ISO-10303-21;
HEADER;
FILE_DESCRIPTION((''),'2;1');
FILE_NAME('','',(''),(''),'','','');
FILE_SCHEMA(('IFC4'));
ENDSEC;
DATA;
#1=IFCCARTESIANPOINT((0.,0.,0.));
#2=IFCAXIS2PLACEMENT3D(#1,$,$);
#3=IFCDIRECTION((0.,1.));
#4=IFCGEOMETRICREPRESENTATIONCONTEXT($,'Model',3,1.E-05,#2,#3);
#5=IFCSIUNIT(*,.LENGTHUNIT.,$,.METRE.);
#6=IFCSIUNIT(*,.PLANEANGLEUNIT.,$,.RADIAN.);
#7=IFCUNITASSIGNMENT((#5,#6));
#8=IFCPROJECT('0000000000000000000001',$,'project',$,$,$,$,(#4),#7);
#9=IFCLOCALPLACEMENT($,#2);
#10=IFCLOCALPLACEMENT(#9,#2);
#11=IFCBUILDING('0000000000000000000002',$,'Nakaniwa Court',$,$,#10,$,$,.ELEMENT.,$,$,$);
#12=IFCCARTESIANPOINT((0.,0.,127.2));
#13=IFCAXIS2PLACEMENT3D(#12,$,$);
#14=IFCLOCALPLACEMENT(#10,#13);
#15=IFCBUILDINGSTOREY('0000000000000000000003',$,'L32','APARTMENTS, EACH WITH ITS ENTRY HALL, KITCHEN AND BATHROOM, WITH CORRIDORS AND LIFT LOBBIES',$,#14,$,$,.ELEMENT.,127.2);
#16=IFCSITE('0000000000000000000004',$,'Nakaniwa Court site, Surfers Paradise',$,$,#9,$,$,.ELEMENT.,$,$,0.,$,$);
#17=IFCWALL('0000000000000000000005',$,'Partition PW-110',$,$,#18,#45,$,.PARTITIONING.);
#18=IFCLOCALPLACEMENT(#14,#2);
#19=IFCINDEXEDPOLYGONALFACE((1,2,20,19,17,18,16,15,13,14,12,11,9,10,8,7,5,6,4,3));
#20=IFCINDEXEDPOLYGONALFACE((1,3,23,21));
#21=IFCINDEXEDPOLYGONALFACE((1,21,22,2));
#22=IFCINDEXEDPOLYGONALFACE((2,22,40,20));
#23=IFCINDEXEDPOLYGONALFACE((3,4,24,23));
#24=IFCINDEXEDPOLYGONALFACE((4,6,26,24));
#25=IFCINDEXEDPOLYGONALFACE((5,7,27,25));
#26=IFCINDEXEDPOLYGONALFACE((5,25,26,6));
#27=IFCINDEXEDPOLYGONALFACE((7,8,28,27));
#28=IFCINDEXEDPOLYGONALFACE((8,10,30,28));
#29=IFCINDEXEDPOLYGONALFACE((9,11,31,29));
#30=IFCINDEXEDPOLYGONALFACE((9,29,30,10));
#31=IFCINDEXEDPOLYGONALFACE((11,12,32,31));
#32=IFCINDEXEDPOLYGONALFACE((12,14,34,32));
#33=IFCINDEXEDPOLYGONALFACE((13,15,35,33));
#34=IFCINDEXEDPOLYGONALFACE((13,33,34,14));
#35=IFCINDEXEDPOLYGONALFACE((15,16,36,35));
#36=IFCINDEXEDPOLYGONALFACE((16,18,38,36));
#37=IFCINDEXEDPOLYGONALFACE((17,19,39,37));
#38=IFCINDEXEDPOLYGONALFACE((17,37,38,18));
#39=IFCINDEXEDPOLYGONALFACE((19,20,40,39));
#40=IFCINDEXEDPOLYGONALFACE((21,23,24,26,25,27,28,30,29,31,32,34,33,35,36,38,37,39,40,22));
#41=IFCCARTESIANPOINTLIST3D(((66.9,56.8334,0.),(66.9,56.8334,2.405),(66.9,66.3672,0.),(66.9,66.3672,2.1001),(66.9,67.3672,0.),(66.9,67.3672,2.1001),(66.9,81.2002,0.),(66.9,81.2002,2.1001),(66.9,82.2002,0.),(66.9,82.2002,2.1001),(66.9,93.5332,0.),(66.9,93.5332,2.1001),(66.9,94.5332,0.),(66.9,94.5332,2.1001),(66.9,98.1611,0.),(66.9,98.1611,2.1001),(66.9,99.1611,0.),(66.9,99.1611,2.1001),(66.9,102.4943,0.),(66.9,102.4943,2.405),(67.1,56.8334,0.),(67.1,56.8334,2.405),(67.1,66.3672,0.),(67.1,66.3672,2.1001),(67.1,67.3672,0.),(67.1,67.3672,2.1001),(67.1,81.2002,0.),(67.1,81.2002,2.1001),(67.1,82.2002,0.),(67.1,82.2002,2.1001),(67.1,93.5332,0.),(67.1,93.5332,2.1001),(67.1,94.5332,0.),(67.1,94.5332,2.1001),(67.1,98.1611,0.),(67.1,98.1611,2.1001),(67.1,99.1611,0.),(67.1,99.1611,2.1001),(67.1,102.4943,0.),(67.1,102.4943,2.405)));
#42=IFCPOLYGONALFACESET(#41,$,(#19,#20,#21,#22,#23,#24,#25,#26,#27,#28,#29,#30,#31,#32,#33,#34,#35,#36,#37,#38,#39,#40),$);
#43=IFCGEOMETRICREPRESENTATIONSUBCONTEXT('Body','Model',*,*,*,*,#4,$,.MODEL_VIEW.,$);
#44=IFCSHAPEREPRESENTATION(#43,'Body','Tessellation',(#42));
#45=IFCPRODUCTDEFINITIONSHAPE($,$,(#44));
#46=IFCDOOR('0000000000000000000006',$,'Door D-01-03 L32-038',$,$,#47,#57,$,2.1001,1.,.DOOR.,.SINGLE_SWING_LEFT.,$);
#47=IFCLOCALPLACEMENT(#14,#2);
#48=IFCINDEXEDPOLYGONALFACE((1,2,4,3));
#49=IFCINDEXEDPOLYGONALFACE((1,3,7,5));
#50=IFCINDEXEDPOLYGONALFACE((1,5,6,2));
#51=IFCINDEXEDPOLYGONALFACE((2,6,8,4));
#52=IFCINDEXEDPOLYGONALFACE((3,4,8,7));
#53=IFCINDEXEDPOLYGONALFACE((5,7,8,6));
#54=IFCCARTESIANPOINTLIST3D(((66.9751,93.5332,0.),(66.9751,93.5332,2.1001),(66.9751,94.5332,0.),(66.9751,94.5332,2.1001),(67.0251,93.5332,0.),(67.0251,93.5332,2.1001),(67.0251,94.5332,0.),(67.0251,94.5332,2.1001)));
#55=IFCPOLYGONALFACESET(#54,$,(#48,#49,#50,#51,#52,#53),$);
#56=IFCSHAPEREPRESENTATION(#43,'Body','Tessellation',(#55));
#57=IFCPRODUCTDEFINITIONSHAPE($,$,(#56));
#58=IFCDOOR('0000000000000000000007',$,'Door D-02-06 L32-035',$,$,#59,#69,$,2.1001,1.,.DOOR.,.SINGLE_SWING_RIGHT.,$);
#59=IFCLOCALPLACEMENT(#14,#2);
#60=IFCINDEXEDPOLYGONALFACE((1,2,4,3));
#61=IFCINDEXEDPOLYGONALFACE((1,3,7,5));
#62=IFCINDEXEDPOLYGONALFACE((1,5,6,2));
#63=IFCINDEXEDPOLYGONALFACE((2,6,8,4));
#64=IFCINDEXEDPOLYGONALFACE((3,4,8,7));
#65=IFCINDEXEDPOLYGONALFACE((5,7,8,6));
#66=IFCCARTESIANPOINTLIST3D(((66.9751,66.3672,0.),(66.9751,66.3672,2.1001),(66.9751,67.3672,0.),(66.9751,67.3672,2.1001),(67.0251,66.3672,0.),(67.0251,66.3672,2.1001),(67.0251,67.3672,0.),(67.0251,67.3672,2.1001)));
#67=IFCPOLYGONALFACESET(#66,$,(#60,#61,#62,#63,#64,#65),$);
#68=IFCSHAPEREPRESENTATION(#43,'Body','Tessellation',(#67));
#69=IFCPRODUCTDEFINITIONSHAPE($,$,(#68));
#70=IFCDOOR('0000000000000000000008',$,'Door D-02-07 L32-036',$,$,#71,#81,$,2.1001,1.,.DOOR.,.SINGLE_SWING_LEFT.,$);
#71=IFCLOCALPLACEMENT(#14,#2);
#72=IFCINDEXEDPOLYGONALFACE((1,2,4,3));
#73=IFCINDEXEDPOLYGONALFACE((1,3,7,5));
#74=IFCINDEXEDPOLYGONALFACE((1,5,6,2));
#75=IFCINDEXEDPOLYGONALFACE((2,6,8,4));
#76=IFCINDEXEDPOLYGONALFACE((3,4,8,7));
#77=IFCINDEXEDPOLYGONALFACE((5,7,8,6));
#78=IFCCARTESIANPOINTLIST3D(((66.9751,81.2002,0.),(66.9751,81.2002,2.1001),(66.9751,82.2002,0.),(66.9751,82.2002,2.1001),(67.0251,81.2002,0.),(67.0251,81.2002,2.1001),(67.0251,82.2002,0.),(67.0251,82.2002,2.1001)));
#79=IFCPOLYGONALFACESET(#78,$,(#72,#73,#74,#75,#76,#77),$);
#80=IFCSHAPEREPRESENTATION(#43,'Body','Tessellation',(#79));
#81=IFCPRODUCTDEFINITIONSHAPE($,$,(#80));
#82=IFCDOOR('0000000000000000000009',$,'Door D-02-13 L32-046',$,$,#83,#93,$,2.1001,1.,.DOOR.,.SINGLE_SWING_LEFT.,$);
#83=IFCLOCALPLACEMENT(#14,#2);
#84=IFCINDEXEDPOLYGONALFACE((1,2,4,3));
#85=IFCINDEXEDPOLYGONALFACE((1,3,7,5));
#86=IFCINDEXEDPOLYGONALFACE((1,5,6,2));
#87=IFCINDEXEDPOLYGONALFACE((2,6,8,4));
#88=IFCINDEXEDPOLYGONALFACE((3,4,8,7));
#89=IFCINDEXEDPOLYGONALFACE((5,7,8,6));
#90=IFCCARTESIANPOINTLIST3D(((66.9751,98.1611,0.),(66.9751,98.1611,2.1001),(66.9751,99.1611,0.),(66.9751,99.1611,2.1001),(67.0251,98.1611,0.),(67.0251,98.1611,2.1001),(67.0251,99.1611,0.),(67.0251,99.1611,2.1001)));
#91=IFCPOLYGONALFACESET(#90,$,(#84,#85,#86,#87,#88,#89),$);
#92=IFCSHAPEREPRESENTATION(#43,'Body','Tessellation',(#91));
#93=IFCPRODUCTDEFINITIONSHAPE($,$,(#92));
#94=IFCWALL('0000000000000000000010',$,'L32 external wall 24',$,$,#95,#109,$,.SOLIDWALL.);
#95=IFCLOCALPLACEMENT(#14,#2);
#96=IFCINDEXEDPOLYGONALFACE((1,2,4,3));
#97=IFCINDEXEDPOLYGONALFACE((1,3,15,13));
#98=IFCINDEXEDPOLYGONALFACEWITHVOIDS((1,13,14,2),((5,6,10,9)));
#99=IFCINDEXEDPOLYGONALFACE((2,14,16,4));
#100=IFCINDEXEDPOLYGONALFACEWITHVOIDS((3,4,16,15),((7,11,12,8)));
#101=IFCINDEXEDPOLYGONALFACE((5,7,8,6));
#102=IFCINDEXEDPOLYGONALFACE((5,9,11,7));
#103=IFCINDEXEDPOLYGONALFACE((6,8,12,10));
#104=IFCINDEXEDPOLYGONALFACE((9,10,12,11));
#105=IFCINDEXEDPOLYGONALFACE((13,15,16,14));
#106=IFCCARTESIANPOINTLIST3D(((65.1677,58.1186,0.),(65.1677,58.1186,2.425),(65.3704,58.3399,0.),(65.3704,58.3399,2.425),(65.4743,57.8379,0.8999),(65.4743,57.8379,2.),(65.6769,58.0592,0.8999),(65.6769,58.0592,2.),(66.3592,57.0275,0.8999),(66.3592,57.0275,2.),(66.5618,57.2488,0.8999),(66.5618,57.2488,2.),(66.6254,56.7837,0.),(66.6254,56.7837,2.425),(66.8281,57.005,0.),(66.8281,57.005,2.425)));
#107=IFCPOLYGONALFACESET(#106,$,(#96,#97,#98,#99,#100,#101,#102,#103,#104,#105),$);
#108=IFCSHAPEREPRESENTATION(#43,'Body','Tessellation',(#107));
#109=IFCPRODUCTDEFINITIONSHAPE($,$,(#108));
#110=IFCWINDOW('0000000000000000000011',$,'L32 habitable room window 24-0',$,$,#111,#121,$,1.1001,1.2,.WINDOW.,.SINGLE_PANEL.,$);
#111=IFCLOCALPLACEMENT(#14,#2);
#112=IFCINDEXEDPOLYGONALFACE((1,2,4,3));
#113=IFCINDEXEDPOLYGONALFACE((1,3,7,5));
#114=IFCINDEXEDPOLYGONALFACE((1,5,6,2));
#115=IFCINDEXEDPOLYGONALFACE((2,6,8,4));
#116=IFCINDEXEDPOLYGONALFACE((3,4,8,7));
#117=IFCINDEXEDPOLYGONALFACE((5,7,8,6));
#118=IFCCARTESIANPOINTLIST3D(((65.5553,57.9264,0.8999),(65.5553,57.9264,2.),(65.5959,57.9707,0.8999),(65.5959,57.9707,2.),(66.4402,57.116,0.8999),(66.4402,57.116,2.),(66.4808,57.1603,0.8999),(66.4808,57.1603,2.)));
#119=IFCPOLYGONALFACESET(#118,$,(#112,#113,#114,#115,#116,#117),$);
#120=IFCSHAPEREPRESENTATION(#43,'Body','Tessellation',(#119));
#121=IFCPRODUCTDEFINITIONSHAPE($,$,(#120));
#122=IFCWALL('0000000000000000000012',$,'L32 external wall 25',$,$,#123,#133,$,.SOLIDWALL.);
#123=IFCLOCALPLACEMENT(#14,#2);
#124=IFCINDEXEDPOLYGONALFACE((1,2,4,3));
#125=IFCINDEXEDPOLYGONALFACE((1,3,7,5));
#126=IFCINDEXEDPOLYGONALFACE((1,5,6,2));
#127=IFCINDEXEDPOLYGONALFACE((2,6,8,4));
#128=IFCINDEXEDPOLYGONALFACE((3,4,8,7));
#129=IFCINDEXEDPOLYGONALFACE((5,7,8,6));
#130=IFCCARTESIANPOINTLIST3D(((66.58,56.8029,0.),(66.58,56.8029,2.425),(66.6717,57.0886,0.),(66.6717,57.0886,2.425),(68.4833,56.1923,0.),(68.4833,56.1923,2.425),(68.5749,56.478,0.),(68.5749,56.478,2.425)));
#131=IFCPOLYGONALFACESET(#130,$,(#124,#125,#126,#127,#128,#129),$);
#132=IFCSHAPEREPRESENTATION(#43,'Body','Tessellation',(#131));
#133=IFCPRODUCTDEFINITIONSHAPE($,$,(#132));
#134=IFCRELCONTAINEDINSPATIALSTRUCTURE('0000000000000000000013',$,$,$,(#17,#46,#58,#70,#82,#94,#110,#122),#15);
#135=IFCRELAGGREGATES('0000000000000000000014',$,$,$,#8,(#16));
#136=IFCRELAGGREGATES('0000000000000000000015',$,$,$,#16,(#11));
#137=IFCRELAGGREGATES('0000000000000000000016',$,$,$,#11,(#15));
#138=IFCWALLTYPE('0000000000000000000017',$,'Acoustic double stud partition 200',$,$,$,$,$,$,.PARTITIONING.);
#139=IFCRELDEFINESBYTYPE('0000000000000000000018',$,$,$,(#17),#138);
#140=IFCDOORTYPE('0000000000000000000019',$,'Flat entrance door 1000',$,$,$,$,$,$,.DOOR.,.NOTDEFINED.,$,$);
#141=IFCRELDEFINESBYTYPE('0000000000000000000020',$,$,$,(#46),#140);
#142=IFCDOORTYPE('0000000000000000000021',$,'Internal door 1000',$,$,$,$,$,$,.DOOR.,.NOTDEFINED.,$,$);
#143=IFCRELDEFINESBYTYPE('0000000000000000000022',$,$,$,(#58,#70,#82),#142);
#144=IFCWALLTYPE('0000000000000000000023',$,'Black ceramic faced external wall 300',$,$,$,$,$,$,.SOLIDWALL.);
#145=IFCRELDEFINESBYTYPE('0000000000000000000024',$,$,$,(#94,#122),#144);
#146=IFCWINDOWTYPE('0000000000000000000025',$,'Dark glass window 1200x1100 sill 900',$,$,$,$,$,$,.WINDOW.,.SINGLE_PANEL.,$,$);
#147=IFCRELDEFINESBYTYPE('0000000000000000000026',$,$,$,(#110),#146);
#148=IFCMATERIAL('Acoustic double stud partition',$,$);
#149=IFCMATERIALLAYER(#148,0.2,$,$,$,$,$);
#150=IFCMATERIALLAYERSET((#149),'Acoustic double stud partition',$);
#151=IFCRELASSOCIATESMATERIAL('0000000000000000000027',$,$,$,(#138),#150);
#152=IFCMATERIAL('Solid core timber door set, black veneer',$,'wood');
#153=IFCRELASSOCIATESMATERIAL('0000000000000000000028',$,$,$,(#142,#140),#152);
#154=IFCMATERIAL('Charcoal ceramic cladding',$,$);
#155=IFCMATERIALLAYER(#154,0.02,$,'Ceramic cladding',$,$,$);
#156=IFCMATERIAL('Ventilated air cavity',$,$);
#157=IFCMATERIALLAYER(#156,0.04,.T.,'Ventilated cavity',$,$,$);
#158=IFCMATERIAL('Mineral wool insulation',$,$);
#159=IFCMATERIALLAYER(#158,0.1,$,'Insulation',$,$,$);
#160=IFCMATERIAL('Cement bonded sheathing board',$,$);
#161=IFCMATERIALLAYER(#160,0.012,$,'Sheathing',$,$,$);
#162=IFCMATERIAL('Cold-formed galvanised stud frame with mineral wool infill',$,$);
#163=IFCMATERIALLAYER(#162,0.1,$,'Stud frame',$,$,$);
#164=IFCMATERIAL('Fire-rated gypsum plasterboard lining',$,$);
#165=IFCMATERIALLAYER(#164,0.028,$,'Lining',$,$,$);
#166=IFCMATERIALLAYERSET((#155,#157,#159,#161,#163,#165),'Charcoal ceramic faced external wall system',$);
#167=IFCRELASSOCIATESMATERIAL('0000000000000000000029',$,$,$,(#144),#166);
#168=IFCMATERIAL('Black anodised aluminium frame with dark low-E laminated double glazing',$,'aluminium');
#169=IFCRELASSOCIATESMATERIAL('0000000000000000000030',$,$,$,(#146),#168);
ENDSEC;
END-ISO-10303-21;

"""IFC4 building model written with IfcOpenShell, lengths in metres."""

from ifc_helpers import new_model, si_unit, direction, frame, frame_2d, origin, place, context, subcontext, project, spatial, rectangle, extrude, material, layer, layer_set, type_object, element, fill, save


model = new_model("IFC4")

# Units and contexts
model_context = context("Model", 3, precision=1e-05, world=origin(), true_north=direction((0.0, 1.0)))
body_context = subcontext(model_context, "Body", "Model", "MODEL_VIEW")
ifc_project = project(units=[si_unit("LENGTHUNIT", "METRE"), si_unit("PLANEANGLEUNIT", "RADIAN")], contexts=[model_context])

# Site, building, storey
site_placement = place(None, origin())
site = spatial("IfcSite", under=ifc_project, at=site_placement, Name="Nakaniwa Court site, Surfers Paradise", CompositionType="ELEMENT", RefElevation=0.0)
building_placement = place(site_placement, origin())
building = spatial("IfcBuilding", under=site, at=building_placement, Name="Nakaniwa Court", CompositionType="ELEMENT")
storey_placement = place(building_placement, frame((0.0, 0.0, 127.2)))
storey = spatial("IfcBuildingStorey", under=building, at=storey_placement, Name="L32", Description="APARTMENTS, EACH WITH ITS ENTRY HALL, KITCHEN AND BATHROOM, WITH CORRIDORS AND LIFT LOBBIES", CompositionType="ELEMENT", Elevation=127.2)

# Shared definitions
ifc_material_1 = material(Name="Acoustic double stud partition")
ifc_layer_1 = layer(ifc_material_1, 0.2)
ifc_layer_set_1 = layer_set([ifc_layer_1], Name="Acoustic double stud partition")
wall_type_1 = type_object("IfcWallType", Name="Acoustic double stud partition 200", PredefinedType="PARTITIONING", material=ifc_layer_set_1)

# Shared definitions
ifc_material_2 = material(Name="Solid core timber door set, black veneer", Category="wood")
door_type_1 = type_object("IfcDoorType", Name="Internal door 1000", OperationType="NOTDEFINED", PredefinedType="DOOR", material=ifc_material_2)

# Wall, openings, doors
wall_1_placement = place(storey_placement, frame((67.0, 56.8333, 0.0), z_axis=(0.0, 0.0, 1.0), x_axis=(0.0, 1.0, 0.0)))
wall_1 = element("IfcWall", 1, at=wall_1_placement, inside=storey, type_object=wall_type_1, Name="Partition PW-110", PredefinedType="PARTITIONING", context=body_context, shape_type="SweptSolid", body=[
    extrude(rectangle(XDim=45.6609, YDim=0.2, at=frame_2d((22.8306, 0.0))), origin(), (0.0, 0.0, 1.0), 2.405),
])
opening_1_placement = place(wall_1_placement, frame((9.5339, 0.0, 0.0)))
opening_1 = element("IfcOpeningElement", 2, at=opening_1_placement, cuts=wall_1, PredefinedType="OPENING", context=body_context, shape_type="SweptSolid", body=[
    extrude(rectangle(XDim=1.0, YDim=2.1001, at=frame_2d((0.5, 1.05))), frame((0.0, 0.1099, 0.0), z_axis=(0.0, -1.0, 0.0), x_axis=(1.0, 0.0, 0.0)), (0.0, 0.0, 1.0), 0.22),
])
opening_2_placement = place(wall_1_placement, frame((24.3669, 0.0, 0.0)))
opening_2 = element("IfcOpeningElement", 3, at=opening_2_placement, cuts=wall_1, PredefinedType="OPENING", context=body_context, shape_type="SweptSolid", body=[
    extrude(rectangle(XDim=1.0, YDim=2.1001, at=frame_2d((0.5, 1.05))), frame((0.0, 0.1099, 0.0), z_axis=(0.0, -1.0, 0.0), x_axis=(1.0, 0.0, 0.0)), (0.0, 0.0, 1.0), 0.22),
])
opening_3_placement = place(wall_1_placement, frame((36.7, 0.0, 0.0)))
opening_3 = element("IfcOpeningElement", 4, at=opening_3_placement, cuts=wall_1, PredefinedType="OPENING", context=body_context, shape_type="SweptSolid", body=[
    extrude(rectangle(XDim=1.0, YDim=2.1001, at=frame_2d((0.5, 1.05))), frame((0.0, 0.1099, 0.0), z_axis=(0.0, -1.0, 0.0), x_axis=(1.0, 0.0, 0.0)), (0.0, 0.0, 1.0), 0.22),
])
opening_4_placement = place(wall_1_placement, frame((41.3279, 0.0, 0.0)))
opening_4 = element("IfcOpeningElement", 5, at=opening_4_placement, cuts=wall_1, PredefinedType="OPENING", context=body_context, shape_type="SweptSolid", body=[
    extrude(rectangle(XDim=1.0, YDim=2.1001, at=frame_2d((0.5, 1.05))), frame((0.0, 0.1099, 0.0), z_axis=(0.0, -1.0, 0.0), x_axis=(1.0, 0.0, 0.0)), (0.0, 0.0, 1.0), 0.22),
])
door_type_2 = type_object("IfcDoorType", Name="Flat entrance door 1000", OperationType="NOTDEFINED", PredefinedType="DOOR", material=ifc_material_2)
door_1_placement = place(opening_3_placement, origin())
door_1 = element("IfcDoor", 6, at=door_1_placement, inside=storey, type_object=door_type_2, Name="Door D-01-03 L32-038", OperationType="SINGLE_SWING_LEFT", OverallHeight=2.1001, OverallWidth=1.0, PredefinedType="DOOR", context=body_context, shape_type="SweptSolid", body=[
    extrude(rectangle(XDim=1.0, YDim=2.1001, at=frame_2d((0.5, 1.05))), frame((0.0, 0.0249, 0.0), z_axis=(0.0, -1.0, 0.0), x_axis=(1.0, 0.0, 0.0)), (0.0, 0.0, 1.0), 0.05),
])
fill(opening_3, door_1)
door_2_placement = place(opening_1_placement, origin())
door_2 = element("IfcDoor", 7, at=door_2_placement, inside=storey, type_object=door_type_1, Name="Door D-02-06 L32-035", OperationType="SINGLE_SWING_RIGHT", OverallHeight=2.1001, OverallWidth=1.0, PredefinedType="DOOR", context=body_context, shape_type="SweptSolid", body=[
    extrude(rectangle(XDim=1.0, YDim=2.1001, at=frame_2d((0.5, 1.05))), frame((0.0, 0.0249, 0.0), z_axis=(0.0, -1.0, 0.0), x_axis=(1.0, 0.0, 0.0)), (0.0, 0.0, 1.0), 0.05),
])
fill(opening_1, door_2)
door_3_placement = place(opening_2_placement, origin())
door_3 = element("IfcDoor", 8, at=door_3_placement, inside=storey, type_object=door_type_1, Name="Door D-02-07 L32-036", OperationType="SINGLE_SWING_LEFT", OverallHeight=2.1001, OverallWidth=1.0, PredefinedType="DOOR", context=body_context, shape_type="SweptSolid", body=[
    extrude(rectangle(XDim=1.0, YDim=2.1001, at=frame_2d((0.5, 1.05))), frame((0.0, 0.0249, 0.0), z_axis=(0.0, -1.0, 0.0), x_axis=(1.0, 0.0, 0.0)), (0.0, 0.0, 1.0), 0.05),
])
fill(opening_2, door_3)
door_4_placement = place(opening_4_placement, origin())
door_4 = element("IfcDoor", 9, at=door_4_placement, inside=storey, type_object=door_type_1, Name="Door D-02-13 L32-046", OperationType="SINGLE_SWING_LEFT", OverallHeight=2.1001, OverallWidth=1.0, PredefinedType="DOOR", context=body_context, shape_type="SweptSolid", body=[
    extrude(rectangle(XDim=1.0, YDim=2.1001, at=frame_2d((0.5, 1.05))), frame((0.0, 0.0249, 0.0), z_axis=(0.0, -1.0, 0.0), x_axis=(1.0, 0.0, 0.0)), (0.0, 0.0, 1.0), 0.05),
])
fill(opening_4, door_4)

# Wall, opening, window
ifc_material_3 = material(Name="Charcoal ceramic cladding")
ifc_layer_2 = layer(ifc_material_3, 0.02, Name="Ceramic cladding")
ifc_material_4 = material(Name="Ventilated air cavity")
ifc_layer_3 = layer(ifc_material_4, 0.04, ventilated=True, Name="Ventilated cavity")
ifc_material_5 = material(Name="Mineral wool insulation")
ifc_layer_4 = layer(ifc_material_5, 0.1, Name="Insulation")
ifc_material_6 = material(Name="Cement bonded sheathing board")
ifc_layer_5 = layer(ifc_material_6, 0.012, Name="Sheathing")
ifc_material_7 = material(Name="Cold-formed galvanised stud frame with mineral wool infill")
ifc_layer_6 = layer(ifc_material_7, 0.1, Name="Stud frame")
ifc_material_8 = material(Name="Fire-rated gypsum plasterboard lining")
ifc_layer_7 = layer(ifc_material_8, 0.028, Name="Lining")
ifc_layer_set_2 = layer_set([ifc_layer_2, ifc_layer_3, ifc_layer_4, ifc_layer_5, ifc_layer_6, ifc_layer_7], Name="Charcoal ceramic faced external wall system")
wall_type_2 = type_object("IfcWallType", Name="Black ceramic faced external wall 300", PredefinedType="SOLIDWALL", material=ifc_layer_set_2)
wall_2_placement = place(storey_placement, frame((65.269, 58.2292, 0.0), z_axis=(0.0, 0.0, 1.0), x_axis=(0.737487, -0.675361, 0.0)))
wall_2 = element("IfcWall", 10, at=wall_2_placement, inside=storey, type_object=wall_type_2, Name="L32 external wall 24", PredefinedType="SOLIDWALL", context=body_context, shape_type="SweptSolid", body=[
    extrude(rectangle(XDim=1.9766, YDim=0.3, at=frame_2d((0.9883, 0.0))), origin(), (0.0, 0.0, 1.0), 2.425),
])
opening_5_placement = place(wall_2_placement, frame((0.4155, 0.0, 0.8999)))
opening_5 = element("IfcOpeningElement", 11, at=opening_5_placement, cuts=wall_2, PredefinedType="OPENING", context=body_context, shape_type="SweptSolid", body=[
    extrude(rectangle(XDim=1.2, YDim=1.1001, at=frame_2d((0.6001, 0.55))), frame((0.0, 0.1599, 0.0), z_axis=(0.0, -1.0, 0.0), x_axis=(1.0, 0.0, 0.0)), (0.0, 0.0, 1.0), 0.3201),
])
ifc_material_9 = material(Name="Black anodised aluminium frame with dark low-E laminated double glazing", Category="aluminium")
window_type_1 = type_object("IfcWindowType", Name="Dark glass window 1200x1100 sill 900", PartitioningType="SINGLE_PANEL", PredefinedType="WINDOW", material=ifc_material_9)
window_1_placement = place(opening_5_placement, origin())
window_1 = element("IfcWindow", 12, at=window_1_placement, inside=storey, type_object=window_type_1, Name="L32 habitable room window 24-0", OverallHeight=1.1001, OverallWidth=1.2, PartitioningType="SINGLE_PANEL", PredefinedType="WINDOW", context=body_context, shape_type="SweptSolid", body=[
    extrude(rectangle(XDim=1.2, YDim=1.1001, at=frame_2d((0.6001, 0.55))), frame((0.0, 0.03, 0.0), z_axis=(0.0, -1.0, 0.0), x_axis=(1.0, 0.0, 0.0)), (0.0, 0.0, 1.0), 0.0601),
])
fill(opening_5, window_1)

# Wall
wall_3_placement = place(storey_placement, frame((66.6257, 56.9458, 0.0), z_axis=(0.0, 0.0, 1.0), x_axis=(0.952201, -0.305471, 0.0)))
element("IfcWall", 13, at=wall_3_placement, inside=storey, type_object=wall_type_2, Name="L32 external wall 25", PredefinedType="SOLIDWALL", context=body_context, shape_type="SweptSolid", body=[
    extrude(rectangle(XDim=1.9988, YDim=0.3, at=frame_2d((0.9995, 0.0))), origin(), (0.0, 0.0, 1.0), 2.425),
])

save(model, "model.ifc")
